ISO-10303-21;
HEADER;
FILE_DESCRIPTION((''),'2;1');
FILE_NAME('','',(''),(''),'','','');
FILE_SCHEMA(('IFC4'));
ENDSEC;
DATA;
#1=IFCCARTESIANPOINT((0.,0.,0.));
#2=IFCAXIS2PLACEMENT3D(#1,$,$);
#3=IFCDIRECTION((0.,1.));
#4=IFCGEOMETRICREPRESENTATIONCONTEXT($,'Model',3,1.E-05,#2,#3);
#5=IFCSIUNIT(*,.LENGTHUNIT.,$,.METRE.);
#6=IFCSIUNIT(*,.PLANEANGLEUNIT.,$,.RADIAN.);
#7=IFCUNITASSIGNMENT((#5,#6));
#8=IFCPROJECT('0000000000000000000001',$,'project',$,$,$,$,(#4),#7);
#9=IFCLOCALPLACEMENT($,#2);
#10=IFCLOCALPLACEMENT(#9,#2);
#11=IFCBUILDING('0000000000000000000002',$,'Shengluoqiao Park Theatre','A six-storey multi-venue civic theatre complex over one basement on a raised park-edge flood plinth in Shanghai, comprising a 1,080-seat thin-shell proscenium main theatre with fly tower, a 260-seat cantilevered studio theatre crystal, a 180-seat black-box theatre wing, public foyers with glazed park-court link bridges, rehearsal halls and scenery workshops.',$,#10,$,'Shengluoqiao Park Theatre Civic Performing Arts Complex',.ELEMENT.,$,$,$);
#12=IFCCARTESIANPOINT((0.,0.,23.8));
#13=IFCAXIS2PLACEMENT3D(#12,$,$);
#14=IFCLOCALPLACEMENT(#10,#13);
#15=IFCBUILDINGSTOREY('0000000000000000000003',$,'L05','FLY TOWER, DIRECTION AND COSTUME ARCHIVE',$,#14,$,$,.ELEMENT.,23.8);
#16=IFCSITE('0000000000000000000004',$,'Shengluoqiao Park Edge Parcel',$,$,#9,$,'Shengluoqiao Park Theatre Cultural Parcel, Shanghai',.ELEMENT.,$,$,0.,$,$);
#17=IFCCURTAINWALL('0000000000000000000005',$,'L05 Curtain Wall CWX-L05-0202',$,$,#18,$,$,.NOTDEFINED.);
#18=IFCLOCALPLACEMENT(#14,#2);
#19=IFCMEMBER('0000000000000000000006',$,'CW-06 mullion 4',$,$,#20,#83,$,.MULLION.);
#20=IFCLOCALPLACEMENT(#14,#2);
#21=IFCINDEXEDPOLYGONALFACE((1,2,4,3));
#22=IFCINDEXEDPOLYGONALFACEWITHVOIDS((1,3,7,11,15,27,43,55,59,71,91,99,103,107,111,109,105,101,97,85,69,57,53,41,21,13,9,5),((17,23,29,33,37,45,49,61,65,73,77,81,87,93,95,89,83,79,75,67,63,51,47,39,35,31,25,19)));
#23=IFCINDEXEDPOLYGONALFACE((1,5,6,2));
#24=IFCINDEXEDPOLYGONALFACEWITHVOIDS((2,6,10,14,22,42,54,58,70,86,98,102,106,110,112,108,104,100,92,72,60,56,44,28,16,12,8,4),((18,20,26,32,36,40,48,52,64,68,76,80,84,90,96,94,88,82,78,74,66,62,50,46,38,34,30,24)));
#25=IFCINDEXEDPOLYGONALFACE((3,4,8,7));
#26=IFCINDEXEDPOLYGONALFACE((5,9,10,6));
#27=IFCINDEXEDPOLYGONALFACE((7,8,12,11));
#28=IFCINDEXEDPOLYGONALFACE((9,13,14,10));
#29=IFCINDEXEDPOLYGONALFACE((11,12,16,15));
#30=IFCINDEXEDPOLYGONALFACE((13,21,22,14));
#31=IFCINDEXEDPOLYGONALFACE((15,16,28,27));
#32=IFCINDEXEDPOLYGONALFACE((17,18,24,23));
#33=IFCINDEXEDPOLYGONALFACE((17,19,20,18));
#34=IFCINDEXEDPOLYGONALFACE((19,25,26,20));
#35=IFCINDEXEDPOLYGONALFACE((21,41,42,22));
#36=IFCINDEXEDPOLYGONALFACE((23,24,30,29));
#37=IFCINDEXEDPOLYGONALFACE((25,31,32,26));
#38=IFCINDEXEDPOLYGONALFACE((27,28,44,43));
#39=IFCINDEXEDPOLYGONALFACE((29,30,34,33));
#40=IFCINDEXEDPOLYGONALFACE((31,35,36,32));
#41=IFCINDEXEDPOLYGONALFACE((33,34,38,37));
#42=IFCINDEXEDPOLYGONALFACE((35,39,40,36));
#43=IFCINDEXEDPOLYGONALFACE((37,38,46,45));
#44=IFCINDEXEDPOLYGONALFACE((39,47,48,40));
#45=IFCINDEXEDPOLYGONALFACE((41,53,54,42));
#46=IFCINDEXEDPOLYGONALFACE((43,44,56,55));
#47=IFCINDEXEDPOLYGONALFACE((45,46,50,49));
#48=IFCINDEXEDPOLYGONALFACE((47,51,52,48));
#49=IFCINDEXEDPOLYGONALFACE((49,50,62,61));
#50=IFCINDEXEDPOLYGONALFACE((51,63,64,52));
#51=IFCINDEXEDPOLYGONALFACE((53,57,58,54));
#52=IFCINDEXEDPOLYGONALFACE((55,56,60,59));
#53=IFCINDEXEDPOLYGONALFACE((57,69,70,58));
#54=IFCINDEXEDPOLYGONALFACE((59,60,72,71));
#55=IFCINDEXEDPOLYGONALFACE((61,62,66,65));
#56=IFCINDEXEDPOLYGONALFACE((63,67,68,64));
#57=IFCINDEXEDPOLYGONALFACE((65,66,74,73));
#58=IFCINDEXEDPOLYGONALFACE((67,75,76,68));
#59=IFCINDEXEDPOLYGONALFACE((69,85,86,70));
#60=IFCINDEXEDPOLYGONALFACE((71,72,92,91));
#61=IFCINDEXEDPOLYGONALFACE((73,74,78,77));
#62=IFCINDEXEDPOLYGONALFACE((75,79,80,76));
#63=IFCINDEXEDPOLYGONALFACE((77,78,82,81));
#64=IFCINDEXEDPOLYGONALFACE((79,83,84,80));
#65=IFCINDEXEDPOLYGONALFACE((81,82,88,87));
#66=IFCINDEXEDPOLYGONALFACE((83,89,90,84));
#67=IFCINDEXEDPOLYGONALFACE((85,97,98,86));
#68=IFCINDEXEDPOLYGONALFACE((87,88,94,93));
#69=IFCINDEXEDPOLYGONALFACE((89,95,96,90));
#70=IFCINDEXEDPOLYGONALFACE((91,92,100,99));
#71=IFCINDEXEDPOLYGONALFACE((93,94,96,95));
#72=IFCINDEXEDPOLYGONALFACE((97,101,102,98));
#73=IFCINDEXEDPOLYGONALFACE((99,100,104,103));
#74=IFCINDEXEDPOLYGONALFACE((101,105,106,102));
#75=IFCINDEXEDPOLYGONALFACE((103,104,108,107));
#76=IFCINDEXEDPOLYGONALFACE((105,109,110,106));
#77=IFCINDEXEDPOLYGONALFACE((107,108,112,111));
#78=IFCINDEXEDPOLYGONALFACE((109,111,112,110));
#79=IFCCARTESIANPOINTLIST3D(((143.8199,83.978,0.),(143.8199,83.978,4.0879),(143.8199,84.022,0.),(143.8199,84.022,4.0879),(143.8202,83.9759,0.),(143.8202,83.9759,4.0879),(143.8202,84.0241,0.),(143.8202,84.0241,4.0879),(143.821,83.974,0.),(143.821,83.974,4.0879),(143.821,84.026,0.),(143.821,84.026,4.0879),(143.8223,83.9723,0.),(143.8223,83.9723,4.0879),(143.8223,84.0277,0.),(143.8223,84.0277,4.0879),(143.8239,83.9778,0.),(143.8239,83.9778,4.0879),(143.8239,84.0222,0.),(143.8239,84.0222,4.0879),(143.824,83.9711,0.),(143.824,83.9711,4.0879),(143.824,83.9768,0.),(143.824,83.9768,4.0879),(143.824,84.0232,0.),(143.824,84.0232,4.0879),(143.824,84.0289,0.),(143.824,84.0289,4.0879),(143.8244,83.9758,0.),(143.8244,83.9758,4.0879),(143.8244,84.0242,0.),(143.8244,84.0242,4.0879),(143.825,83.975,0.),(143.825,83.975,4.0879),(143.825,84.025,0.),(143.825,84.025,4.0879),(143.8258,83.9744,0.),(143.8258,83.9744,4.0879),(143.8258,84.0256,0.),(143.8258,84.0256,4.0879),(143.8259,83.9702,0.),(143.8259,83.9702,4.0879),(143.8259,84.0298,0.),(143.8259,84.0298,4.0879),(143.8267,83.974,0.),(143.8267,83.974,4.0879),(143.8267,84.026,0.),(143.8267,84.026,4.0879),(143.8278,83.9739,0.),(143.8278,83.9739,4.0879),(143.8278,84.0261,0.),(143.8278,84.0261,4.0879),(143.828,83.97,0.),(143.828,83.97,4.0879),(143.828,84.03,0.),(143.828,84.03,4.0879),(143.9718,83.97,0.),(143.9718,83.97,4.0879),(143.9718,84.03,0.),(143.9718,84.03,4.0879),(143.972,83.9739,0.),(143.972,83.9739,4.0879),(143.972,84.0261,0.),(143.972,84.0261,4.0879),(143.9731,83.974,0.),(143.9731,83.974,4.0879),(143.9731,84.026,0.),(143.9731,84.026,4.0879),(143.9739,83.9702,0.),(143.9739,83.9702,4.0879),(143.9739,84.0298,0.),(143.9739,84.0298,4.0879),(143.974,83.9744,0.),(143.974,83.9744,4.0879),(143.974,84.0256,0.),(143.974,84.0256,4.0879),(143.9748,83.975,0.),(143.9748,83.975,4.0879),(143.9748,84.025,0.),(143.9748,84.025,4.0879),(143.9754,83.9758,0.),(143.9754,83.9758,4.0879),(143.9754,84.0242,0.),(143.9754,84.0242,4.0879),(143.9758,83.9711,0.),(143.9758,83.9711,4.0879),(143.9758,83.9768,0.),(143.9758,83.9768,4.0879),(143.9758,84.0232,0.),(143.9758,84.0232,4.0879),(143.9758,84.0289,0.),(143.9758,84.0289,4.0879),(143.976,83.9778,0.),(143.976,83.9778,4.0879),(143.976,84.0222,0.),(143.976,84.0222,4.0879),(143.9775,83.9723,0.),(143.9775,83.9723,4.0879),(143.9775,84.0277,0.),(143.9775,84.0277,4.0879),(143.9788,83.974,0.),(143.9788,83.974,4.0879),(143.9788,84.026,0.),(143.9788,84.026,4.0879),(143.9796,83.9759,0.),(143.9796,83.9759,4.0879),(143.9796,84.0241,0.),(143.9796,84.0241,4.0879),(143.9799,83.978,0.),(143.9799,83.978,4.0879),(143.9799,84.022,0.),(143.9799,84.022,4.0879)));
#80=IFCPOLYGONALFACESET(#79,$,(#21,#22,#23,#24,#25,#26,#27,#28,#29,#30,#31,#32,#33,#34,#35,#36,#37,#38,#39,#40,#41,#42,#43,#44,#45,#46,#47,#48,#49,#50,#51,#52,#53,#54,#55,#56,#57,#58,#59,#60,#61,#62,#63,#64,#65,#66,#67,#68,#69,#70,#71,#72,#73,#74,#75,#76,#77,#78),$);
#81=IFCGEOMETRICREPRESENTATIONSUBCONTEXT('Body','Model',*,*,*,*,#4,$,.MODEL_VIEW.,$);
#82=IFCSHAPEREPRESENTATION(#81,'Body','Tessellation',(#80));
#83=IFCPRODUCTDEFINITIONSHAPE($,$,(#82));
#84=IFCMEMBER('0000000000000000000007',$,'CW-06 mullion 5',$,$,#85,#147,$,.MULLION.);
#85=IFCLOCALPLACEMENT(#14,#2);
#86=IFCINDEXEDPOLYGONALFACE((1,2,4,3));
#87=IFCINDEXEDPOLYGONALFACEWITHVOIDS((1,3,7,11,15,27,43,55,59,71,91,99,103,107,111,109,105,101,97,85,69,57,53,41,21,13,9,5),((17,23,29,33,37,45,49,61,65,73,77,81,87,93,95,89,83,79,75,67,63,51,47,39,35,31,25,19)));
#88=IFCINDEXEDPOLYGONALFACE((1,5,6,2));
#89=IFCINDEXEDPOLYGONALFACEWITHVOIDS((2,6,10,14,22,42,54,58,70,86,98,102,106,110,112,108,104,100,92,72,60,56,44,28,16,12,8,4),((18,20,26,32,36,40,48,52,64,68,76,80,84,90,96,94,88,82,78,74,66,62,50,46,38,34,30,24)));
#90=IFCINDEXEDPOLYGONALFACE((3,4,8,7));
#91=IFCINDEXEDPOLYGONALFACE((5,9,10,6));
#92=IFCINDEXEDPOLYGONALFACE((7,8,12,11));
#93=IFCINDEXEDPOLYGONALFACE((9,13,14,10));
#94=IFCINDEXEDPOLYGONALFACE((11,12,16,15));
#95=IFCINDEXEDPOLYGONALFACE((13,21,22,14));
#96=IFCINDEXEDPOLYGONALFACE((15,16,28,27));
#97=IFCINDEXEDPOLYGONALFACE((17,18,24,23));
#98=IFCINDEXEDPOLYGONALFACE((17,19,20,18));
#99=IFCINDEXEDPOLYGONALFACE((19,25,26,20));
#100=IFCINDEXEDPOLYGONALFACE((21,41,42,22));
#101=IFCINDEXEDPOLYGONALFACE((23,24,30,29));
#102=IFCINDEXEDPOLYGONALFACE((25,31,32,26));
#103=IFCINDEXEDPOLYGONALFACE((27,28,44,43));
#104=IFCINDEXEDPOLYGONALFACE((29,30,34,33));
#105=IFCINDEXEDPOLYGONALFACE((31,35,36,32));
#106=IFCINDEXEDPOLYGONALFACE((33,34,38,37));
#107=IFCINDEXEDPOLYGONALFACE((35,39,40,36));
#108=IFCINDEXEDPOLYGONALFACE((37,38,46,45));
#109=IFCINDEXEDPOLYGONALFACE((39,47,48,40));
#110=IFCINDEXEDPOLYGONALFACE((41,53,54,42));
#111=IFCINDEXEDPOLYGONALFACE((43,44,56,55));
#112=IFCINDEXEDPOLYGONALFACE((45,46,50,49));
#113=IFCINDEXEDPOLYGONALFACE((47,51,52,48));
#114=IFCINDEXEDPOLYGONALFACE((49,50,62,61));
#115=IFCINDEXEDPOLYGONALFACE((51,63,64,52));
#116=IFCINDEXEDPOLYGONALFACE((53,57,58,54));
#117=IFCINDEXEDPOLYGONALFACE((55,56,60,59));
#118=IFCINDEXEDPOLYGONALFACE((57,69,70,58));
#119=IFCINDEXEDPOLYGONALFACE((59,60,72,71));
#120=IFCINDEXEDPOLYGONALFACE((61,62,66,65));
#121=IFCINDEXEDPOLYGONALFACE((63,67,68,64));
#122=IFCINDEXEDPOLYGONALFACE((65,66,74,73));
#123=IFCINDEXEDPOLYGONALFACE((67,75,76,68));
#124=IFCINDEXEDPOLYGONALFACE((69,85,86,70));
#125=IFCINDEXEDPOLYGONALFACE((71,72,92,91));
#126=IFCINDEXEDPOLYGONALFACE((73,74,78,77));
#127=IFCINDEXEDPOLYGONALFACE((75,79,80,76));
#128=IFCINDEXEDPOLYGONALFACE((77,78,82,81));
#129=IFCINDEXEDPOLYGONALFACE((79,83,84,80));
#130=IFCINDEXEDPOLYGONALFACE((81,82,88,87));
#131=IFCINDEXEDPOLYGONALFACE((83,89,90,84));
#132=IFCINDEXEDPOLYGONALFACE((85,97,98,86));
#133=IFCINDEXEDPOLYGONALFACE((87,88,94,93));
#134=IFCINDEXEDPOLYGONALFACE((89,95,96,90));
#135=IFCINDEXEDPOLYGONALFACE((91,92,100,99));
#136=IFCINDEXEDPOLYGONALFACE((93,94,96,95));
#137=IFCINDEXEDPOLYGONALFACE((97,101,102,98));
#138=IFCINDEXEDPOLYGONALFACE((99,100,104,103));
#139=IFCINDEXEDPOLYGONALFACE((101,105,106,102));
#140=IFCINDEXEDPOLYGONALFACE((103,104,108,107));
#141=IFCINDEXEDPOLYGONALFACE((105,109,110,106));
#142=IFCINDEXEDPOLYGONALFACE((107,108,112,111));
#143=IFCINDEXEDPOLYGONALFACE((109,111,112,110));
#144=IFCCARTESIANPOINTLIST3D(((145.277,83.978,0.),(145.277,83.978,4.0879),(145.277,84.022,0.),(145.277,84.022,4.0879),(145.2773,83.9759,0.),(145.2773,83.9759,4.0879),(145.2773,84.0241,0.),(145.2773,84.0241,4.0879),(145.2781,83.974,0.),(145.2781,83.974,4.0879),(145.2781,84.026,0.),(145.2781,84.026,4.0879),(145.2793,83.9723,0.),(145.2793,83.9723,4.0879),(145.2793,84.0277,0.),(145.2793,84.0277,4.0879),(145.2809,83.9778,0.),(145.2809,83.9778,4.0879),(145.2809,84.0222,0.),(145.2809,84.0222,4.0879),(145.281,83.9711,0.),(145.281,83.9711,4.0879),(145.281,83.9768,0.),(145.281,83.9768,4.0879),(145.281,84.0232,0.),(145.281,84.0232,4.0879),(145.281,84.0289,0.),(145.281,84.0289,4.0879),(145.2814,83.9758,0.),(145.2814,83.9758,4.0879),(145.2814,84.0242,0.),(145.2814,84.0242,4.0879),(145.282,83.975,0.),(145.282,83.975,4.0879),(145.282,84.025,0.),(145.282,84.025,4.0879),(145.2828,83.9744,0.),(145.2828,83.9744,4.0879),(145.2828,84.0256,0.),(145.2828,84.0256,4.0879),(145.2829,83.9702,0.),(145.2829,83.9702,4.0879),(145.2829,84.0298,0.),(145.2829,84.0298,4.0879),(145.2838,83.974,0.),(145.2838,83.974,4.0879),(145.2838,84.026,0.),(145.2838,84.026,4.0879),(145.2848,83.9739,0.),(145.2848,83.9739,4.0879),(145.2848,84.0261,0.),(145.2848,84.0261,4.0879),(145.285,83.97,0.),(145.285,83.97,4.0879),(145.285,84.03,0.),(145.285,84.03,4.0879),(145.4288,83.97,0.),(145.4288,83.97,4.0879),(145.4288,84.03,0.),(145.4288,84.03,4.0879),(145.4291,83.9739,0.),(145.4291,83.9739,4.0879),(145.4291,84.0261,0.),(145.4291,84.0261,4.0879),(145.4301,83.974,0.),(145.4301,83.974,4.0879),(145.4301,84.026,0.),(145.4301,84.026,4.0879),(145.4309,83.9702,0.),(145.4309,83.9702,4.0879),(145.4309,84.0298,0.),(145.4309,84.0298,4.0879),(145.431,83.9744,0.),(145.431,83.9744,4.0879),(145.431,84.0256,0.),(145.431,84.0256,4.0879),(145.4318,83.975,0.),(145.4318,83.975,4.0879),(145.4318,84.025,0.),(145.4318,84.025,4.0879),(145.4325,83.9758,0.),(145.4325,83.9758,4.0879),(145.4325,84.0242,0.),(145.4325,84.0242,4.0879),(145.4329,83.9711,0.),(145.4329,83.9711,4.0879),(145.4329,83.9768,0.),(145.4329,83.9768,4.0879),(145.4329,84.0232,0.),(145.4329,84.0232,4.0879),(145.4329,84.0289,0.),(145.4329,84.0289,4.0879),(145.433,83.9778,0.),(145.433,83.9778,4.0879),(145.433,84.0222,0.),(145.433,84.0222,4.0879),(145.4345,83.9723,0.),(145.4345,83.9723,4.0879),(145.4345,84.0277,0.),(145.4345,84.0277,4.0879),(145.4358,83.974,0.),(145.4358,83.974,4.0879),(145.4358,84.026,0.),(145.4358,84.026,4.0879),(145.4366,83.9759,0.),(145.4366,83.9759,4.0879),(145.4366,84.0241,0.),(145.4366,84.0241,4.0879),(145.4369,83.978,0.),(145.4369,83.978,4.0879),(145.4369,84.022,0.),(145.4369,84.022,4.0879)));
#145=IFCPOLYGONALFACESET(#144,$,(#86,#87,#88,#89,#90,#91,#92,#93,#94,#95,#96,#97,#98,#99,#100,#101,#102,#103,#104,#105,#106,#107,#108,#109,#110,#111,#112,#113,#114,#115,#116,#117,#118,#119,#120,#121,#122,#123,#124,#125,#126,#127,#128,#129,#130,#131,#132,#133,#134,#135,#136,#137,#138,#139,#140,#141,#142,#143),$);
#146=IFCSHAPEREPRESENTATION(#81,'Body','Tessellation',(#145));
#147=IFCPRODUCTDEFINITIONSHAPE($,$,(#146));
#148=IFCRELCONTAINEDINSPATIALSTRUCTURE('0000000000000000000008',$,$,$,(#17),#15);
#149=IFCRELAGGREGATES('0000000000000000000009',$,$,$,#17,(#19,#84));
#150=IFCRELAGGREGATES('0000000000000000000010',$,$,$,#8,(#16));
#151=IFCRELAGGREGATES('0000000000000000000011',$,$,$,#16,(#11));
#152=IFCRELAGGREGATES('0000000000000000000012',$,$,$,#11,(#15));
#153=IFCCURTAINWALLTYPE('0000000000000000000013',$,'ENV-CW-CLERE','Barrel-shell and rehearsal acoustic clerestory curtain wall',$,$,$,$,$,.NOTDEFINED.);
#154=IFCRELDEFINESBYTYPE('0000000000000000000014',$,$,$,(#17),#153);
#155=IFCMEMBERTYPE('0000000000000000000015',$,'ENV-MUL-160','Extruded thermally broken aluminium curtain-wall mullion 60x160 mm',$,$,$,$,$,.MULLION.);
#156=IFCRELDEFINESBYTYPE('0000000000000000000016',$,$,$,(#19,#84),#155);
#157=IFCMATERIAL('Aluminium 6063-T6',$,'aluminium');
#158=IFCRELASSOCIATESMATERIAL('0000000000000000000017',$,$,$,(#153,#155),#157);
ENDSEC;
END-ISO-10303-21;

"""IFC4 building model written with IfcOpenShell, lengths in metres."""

from ifc_helpers import new_model, si_unit, direction, frame, origin, origin_2d, place, context, subcontext, project, spatial, hollow_rectangle, extrude, material, material_profile, profile_set, type_object, element, aggregate, save


model = new_model("IFC4")

# Units and contexts
model_context = context("Model", 3, precision=1e-05, world=origin(), true_north=direction((0.0, 1.0)))
body_context = subcontext(model_context, "Body", "Model", "MODEL_VIEW")
ifc_project = project(units=[si_unit("LENGTHUNIT", "METRE"), si_unit("PLANEANGLEUNIT", "RADIAN")], contexts=[model_context])

# Site, building, storey
site_placement = place(None, origin())
site = spatial("IfcSite", under=ifc_project, at=site_placement, Name="Shengluoqiao Park Edge Parcel", LongName="Shengluoqiao Park Theatre Cultural Parcel, Shanghai", CompositionType="ELEMENT", RefElevation=0.0)
building_placement = place(site_placement, origin())
building = spatial("IfcBuilding", under=site, at=building_placement, Name="Shengluoqiao Park Theatre", Description="A six-storey multi-venue civic theatre complex over one basement on a raised park-edge flood plinth in Shanghai, comprising a 1,080-seat thin-shell proscenium main theatre with fly tower, a 260-seat cantilevered studio theatre crystal, a 180-seat black-box theatre wing, public foyers with glazed park-court link bridges, rehearsal halls and scenery workshops.", LongName="Shengluoqiao Park Theatre Civic Performing Arts Complex", CompositionType="ELEMENT")
storey_placement = place(building_placement, frame((0.0, 0.0, 23.8)))
storey = spatial("IfcBuildingStorey", under=building, at=storey_placement, Name="L05", Description="FLY TOWER, DIRECTION AND COSTUME ARCHIVE", CompositionType="ELEMENT", Elevation=23.8)

# Curtain wall, members
ifc_material_1 = material(Name="Aluminium 6063-T6", Category="aluminium")
curtain_wall_type = type_object("IfcCurtainWallType", Name="ENV-CW-CLERE", Description="Barrel-shell and rehearsal acoustic clerestory curtain wall", PredefinedType="NOTDEFINED", material=ifc_material_1)
curtain_wall_placement = place(storey_placement, origin())
curtain_wall = element("IfcCurtainWall", 1, at=curtain_wall_placement, inside=storey, type_object=curtain_wall_type, Name="L05 Curtain Wall CWX-L05-0202", PredefinedType="NOTDEFINED")
ifc_material_profile_1 = material_profile(ifc_material_1, hollow_rectangle(XDim=0.0601, YDim=0.1599, WallThickness=0.0039, InnerFilletRadius=0.0039, OuterFilletRadius=0.0081, at=origin_2d()), Name="ALU MULLION 160x60x4")
ifc_profile_set_1 = profile_set([ifc_material_profile_1], Name="Aluminium 6063-T6")
member_type_1 = type_object("IfcMemberType", Name="ENV-MUL-160", Description="Extruded thermally broken aluminium curtain-wall mullion 60x160 mm", PredefinedType="MULLION", material=ifc_profile_set_1)
member_1_placement = place(storey_placement, frame((143.8999, 84.0, 0.0), z_axis=(0.0, 0.0, 1.0), x_axis=(0.0, 1.0, 0.0)))
member_1 = element("IfcMember", 2, at=member_1_placement, type_object=member_type_1, Name="CW-06 mullion 4", PredefinedType="MULLION", context=body_context, shape_type="SweptSolid", body=[
    extrude(hollow_rectangle(XDim=0.0601, YDim=0.1599, WallThickness=0.0039, InnerFilletRadius=0.0039, OuterFilletRadius=0.0081, at=origin_2d()), origin(), (0.0, 0.0, 1.0), 4.0879),
])
member_2_placement = place(storey_placement, frame((145.3569, 84.0, 0.0), z_axis=(0.0, 0.0, 1.0), x_axis=(0.0, 1.0, 0.0)))
member_2 = element("IfcMember", 3, at=member_2_placement, type_object=member_type_1, Name="CW-06 mullion 5", PredefinedType="MULLION", context=body_context, shape_type="SweptSolid", body=[
    extrude(hollow_rectangle(XDim=0.0601, YDim=0.1599, WallThickness=0.0039, InnerFilletRadius=0.0039, OuterFilletRadius=0.0081, at=origin_2d()), origin(), (0.0, 0.0, 1.0), 4.0879),
])
aggregate(curtain_wall, [member_1, member_2])

save(model, "model.ifc")
